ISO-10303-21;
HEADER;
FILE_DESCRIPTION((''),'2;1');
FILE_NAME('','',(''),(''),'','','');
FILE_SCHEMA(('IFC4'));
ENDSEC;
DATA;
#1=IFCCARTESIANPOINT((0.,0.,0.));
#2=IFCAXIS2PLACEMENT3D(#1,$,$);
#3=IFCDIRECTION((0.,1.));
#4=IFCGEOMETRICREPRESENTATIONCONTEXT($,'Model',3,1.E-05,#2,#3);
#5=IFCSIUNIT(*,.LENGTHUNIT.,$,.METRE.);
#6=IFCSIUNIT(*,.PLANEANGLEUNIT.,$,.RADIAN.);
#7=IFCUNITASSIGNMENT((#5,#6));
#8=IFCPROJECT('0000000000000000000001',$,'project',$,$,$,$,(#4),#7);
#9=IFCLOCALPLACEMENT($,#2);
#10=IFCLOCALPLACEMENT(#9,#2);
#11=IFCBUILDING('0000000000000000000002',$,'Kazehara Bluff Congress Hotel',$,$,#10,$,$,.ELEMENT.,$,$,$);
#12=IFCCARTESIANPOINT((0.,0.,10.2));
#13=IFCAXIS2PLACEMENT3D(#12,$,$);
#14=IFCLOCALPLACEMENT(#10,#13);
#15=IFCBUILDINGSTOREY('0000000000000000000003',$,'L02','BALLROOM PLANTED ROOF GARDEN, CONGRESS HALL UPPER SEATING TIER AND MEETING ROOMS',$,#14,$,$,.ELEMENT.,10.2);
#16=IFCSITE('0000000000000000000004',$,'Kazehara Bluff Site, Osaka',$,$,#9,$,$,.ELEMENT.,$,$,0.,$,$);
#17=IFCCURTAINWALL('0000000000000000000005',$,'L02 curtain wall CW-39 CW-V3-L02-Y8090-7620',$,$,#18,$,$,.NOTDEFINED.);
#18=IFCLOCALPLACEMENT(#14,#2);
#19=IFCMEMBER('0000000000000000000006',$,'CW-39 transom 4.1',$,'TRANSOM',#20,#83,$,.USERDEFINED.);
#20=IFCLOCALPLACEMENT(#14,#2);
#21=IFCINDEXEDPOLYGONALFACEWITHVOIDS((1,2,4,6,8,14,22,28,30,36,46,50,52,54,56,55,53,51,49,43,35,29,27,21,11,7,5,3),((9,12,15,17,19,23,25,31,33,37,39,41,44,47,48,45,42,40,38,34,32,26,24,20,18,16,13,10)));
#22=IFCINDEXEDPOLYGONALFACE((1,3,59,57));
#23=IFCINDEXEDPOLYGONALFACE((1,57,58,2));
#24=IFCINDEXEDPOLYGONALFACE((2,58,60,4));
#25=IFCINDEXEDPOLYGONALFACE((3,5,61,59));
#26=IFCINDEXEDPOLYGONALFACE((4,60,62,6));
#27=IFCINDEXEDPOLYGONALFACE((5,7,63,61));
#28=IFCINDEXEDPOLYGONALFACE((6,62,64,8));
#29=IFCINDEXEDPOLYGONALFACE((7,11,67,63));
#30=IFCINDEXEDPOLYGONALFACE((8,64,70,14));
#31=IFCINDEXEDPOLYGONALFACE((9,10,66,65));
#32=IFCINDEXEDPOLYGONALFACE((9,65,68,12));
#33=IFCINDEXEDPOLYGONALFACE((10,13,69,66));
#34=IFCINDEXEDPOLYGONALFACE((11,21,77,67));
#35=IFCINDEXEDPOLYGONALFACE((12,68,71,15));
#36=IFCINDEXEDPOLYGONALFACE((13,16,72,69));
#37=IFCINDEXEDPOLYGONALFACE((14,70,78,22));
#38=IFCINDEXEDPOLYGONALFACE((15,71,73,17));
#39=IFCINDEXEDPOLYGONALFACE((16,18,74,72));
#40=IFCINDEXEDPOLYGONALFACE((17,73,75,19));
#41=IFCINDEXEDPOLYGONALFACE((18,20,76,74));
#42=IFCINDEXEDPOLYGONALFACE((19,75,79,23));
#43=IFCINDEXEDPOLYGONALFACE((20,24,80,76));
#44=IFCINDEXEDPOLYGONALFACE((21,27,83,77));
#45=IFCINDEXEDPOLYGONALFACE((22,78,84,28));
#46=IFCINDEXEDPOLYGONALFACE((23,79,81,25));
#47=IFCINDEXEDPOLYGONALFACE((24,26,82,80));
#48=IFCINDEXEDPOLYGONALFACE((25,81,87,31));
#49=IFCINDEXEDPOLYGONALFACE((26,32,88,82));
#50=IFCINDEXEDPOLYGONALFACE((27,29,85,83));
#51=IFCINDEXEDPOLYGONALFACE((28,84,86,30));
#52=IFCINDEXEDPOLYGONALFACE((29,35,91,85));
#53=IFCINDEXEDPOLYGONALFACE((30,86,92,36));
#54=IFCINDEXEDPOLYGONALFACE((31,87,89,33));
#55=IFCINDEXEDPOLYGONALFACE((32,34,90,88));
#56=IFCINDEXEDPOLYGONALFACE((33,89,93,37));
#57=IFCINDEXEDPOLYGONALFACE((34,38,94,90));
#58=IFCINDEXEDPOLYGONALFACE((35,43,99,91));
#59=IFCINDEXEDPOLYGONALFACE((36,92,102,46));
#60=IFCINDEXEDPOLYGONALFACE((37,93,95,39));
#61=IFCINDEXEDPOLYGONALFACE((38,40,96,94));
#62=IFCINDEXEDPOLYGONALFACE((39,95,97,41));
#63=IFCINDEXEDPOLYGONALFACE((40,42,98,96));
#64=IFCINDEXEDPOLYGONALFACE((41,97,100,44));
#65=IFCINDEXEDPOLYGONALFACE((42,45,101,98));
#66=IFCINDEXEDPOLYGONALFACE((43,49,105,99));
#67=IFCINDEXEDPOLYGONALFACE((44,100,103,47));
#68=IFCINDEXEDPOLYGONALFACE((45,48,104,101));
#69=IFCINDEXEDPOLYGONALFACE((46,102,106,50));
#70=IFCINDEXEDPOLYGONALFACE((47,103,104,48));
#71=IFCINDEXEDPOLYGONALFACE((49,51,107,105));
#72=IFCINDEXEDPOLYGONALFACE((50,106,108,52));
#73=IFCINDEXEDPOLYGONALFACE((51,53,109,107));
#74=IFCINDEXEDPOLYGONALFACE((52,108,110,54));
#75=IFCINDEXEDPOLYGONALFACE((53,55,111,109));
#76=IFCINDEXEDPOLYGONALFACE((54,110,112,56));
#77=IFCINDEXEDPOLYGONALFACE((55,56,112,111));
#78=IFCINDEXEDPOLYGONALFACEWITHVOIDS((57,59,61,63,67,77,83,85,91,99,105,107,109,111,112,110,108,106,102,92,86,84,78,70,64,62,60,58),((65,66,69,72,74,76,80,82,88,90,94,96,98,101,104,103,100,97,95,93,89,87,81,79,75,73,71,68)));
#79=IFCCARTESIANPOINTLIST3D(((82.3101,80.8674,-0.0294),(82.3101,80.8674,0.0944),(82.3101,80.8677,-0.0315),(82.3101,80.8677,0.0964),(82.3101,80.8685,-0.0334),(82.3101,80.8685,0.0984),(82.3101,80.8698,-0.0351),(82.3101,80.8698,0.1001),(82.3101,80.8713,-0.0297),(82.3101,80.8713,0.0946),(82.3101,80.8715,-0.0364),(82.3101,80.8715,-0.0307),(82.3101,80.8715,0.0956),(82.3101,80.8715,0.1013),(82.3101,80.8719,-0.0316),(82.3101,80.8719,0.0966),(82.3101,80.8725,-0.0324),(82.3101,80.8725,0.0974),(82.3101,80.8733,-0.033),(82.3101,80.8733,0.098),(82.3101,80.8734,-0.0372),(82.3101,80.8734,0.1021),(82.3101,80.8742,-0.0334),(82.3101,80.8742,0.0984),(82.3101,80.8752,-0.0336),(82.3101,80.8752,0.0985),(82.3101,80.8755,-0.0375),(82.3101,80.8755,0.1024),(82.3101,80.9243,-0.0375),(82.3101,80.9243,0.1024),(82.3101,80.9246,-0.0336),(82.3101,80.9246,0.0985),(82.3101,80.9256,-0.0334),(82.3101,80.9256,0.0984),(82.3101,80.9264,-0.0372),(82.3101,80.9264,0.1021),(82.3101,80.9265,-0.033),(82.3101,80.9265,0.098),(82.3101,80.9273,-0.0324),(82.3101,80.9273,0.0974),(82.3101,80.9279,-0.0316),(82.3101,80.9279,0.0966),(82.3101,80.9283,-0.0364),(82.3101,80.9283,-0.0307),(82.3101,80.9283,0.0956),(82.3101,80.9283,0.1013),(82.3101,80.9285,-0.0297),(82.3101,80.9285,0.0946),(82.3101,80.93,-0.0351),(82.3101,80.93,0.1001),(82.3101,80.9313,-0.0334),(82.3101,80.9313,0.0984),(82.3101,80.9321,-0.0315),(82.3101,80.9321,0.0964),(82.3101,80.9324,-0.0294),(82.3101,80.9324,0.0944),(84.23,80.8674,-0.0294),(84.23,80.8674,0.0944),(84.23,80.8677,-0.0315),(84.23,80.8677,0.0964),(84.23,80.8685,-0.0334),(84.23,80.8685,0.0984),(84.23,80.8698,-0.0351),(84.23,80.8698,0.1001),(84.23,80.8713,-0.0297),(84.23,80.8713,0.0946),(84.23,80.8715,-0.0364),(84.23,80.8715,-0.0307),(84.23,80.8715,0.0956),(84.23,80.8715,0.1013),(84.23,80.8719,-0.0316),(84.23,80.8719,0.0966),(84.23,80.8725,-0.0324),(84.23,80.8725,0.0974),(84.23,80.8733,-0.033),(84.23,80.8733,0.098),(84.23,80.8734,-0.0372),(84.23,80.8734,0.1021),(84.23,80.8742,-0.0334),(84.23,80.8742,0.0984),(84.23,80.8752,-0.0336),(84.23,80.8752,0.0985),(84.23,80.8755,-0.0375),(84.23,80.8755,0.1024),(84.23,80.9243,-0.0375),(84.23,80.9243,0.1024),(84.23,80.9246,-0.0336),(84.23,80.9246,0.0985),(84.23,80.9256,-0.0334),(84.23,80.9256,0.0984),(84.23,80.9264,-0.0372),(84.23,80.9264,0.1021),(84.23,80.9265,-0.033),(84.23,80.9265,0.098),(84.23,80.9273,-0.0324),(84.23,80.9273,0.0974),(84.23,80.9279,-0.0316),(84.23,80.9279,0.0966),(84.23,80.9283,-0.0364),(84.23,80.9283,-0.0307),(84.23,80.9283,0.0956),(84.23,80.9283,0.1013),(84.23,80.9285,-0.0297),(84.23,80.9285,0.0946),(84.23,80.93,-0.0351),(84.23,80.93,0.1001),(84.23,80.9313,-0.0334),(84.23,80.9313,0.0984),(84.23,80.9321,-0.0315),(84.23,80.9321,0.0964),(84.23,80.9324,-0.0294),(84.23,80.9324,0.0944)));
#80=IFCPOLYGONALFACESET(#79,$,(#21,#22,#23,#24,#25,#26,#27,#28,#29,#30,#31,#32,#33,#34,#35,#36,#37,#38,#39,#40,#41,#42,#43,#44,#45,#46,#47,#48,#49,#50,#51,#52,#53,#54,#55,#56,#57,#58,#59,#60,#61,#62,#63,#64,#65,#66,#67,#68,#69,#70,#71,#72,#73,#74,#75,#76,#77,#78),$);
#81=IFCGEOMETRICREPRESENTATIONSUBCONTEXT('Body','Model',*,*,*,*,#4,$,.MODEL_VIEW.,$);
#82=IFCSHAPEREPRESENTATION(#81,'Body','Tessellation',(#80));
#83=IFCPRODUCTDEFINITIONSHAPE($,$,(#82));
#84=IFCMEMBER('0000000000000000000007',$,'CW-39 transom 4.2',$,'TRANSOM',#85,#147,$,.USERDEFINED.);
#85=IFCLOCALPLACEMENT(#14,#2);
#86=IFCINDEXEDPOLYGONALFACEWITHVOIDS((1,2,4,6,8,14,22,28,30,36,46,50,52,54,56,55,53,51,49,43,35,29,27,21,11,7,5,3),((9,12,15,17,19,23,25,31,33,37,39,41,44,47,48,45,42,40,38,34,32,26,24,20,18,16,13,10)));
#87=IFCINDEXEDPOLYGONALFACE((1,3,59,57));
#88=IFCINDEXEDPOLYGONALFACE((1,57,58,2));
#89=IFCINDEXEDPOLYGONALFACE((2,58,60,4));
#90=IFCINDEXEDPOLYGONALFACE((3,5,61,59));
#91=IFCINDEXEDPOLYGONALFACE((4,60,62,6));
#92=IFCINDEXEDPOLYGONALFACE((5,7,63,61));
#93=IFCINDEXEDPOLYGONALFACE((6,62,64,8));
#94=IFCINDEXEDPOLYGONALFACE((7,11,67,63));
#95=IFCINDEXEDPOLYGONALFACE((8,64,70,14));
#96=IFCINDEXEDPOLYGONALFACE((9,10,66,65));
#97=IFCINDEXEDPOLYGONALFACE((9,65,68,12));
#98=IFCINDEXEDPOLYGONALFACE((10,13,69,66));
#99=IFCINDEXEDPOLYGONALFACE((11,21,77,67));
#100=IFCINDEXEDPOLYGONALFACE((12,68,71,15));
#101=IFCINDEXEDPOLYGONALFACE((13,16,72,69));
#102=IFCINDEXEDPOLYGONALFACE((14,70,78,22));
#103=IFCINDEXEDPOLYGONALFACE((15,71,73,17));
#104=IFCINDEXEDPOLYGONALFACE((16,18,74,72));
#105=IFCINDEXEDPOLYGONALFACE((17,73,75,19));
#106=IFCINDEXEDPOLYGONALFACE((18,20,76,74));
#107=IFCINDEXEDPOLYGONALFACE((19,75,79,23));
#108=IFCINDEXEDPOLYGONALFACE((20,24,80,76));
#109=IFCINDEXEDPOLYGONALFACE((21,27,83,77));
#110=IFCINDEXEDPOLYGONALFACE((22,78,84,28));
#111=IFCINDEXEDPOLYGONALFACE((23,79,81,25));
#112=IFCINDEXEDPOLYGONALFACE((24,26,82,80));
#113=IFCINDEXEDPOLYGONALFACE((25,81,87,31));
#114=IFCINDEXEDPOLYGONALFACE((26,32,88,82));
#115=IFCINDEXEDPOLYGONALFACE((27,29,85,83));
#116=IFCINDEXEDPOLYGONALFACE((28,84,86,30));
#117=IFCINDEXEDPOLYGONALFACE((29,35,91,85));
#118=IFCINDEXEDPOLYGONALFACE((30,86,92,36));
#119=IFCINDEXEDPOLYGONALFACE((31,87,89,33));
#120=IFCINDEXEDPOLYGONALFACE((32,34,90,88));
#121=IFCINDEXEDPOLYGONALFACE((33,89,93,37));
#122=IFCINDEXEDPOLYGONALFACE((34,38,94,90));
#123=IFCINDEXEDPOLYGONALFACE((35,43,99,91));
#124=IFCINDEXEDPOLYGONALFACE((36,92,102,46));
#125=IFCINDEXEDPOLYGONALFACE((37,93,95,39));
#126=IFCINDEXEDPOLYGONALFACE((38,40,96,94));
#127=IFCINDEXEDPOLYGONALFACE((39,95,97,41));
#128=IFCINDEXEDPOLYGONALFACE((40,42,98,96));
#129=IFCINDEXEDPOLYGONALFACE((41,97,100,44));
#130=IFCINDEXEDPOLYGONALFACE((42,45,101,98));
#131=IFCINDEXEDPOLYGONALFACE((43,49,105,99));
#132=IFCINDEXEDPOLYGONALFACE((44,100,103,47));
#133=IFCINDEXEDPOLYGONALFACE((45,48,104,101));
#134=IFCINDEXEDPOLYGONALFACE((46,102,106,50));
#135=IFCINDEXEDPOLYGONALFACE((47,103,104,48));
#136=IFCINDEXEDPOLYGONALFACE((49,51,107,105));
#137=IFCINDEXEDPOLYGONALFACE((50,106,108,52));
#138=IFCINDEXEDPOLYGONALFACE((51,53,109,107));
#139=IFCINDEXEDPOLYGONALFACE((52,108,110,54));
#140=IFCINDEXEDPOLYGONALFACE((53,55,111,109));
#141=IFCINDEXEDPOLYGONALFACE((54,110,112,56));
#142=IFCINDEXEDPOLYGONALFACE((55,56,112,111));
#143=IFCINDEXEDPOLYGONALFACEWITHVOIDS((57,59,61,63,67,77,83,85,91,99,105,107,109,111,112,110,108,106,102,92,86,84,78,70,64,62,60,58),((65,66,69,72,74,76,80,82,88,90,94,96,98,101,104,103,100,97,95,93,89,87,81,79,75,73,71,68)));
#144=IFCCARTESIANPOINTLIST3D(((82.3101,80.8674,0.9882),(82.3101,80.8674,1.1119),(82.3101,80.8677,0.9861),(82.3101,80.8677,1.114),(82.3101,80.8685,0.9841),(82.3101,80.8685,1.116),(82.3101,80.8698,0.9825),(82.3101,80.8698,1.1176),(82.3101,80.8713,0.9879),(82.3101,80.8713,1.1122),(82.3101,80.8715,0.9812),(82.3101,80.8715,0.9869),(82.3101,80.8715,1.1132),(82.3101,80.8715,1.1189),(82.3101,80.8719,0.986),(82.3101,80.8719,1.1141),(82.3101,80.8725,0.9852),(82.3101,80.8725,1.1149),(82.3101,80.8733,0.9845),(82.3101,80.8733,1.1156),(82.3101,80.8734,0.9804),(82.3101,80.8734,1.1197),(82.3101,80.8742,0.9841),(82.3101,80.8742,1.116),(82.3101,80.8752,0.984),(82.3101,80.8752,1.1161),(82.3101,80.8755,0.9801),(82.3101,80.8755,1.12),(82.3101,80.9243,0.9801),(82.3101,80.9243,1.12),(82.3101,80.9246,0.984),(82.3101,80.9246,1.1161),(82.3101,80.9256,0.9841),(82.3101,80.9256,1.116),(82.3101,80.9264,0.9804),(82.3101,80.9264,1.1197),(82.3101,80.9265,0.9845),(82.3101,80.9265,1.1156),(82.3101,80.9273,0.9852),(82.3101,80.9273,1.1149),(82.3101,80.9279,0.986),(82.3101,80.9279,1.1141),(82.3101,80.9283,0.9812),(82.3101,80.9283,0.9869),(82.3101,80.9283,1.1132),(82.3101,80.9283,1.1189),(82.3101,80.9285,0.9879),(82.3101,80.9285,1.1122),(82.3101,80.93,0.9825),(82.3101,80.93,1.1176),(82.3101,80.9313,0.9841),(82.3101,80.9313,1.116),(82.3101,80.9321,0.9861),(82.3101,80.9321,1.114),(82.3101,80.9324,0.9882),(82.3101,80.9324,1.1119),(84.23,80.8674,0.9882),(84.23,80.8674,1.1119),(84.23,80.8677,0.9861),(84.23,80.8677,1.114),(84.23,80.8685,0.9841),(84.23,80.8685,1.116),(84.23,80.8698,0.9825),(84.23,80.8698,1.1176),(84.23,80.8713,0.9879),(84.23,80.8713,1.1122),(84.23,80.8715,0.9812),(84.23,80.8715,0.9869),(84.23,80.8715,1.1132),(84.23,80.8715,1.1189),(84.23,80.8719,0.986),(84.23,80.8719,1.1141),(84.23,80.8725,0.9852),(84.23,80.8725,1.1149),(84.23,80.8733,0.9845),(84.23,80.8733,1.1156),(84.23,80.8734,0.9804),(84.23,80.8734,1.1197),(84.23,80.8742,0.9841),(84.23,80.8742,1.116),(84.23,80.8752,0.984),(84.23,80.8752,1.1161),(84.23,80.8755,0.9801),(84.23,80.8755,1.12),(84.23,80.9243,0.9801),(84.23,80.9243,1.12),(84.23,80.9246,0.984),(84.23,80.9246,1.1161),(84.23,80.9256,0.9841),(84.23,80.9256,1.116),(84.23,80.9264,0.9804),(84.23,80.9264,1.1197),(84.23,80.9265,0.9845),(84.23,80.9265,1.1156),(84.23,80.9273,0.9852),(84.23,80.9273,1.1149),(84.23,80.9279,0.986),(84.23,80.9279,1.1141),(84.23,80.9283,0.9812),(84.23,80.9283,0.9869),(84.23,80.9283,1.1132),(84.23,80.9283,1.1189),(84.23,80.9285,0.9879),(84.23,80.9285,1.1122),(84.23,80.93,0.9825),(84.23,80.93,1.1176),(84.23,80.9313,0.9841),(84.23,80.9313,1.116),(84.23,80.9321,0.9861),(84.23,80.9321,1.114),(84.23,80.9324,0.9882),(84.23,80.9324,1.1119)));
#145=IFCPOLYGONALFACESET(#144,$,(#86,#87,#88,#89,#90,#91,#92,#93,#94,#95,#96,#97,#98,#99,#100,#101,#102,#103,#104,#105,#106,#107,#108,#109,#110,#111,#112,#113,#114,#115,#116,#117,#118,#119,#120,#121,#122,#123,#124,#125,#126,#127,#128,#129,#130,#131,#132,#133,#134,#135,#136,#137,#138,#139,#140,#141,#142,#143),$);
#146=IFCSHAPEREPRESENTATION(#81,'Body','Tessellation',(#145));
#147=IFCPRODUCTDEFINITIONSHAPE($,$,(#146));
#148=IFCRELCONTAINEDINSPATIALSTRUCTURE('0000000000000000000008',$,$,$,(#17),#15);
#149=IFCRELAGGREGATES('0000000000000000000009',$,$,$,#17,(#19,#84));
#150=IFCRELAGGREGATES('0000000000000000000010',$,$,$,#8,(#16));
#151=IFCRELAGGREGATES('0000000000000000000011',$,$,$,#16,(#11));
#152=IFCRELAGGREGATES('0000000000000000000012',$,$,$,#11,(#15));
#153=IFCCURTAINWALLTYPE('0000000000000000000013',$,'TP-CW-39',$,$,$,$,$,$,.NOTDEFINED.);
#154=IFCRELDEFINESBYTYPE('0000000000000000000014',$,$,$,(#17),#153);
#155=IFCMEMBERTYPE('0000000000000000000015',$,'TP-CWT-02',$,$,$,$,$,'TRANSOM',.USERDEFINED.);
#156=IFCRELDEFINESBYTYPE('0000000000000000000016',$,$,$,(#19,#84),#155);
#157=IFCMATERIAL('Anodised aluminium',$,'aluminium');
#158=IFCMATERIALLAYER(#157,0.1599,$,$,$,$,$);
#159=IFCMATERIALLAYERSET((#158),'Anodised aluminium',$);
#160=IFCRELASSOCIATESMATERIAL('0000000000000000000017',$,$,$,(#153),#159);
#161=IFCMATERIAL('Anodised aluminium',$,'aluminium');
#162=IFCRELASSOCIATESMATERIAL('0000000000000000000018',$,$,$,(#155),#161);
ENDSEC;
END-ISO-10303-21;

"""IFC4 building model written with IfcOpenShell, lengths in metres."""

from ifc_helpers import new_model, si_unit, direction, frame, origin, origin_2d, place, context, subcontext, project, spatial, hollow_rectangle, extrude, material, layer, layer_set, material_profile, profile_set, type_object, element, aggregate, save


model = new_model("IFC4")

# Units and contexts
model_context = context("Model", 3, precision=1e-05, world=origin(), true_north=direction((0.0, 1.0)))
body_context = subcontext(model_context, "Body", "Model", "MODEL_VIEW")
ifc_project = project(units=[si_unit("LENGTHUNIT", "METRE"), si_unit("PLANEANGLEUNIT", "RADIAN")], contexts=[model_context])

# Site, building, storey
site_placement = place(None, origin())
site = spatial("IfcSite", under=ifc_project, at=site_placement, Name="Kazehara Bluff Site, Osaka", CompositionType="ELEMENT", RefElevation=0.0)
building_placement = place(site_placement, origin())
building = spatial("IfcBuilding", under=site, at=building_placement, Name="Kazehara Bluff Congress Hotel", CompositionType="ELEMENT")
storey_placement = place(building_placement, frame((0.0, 0.0, 10.2)))
storey = spatial("IfcBuildingStorey", under=building, at=storey_placement, Name="L02", Description="BALLROOM PLANTED ROOF GARDEN, CONGRESS HALL UPPER SEATING TIER AND MEETING ROOMS", CompositionType="ELEMENT", Elevation=10.2)

# Curtain wall
ifc_material_1 = material(Name="Anodised aluminium", Category="aluminium")
ifc_layer_1 = layer(ifc_material_1, 0.1599)
ifc_layer_set_1 = layer_set([ifc_layer_1], Name="Anodised aluminium")
curtain_wall_type = type_object("IfcCurtainWallType", Name="TP-CW-39", PredefinedType="NOTDEFINED", material=ifc_layer_set_1)
curtain_wall_1_placement = place(storey_placement, origin())
curtain_wall_1 = element("IfcCurtainWall", 1, at=curtain_wall_1_placement, inside=storey, type_object=curtain_wall_type, Name="L02 curtain wall CW-39 CW-V3-L02-Y8090-7620", PredefinedType="NOTDEFINED")

# Members
ifc_material_2 = material(Name="Anodised aluminium", Category="aluminium")
ifc_material_profile_1 = material_profile(ifc_material_2, hollow_rectangle(XDim=0.0649, YDim=0.1399, WallThickness=0.0039, InnerFilletRadius=0.0039, OuterFilletRadius=0.0081, at=origin_2d()))
ifc_profile_set_1 = profile_set([ifc_material_profile_1], Name="Anodised aluminium")
member_type_1 = type_object("IfcMemberType", Name="TP-CWT-02", ElementType="TRANSOM", PredefinedType="USERDEFINED", material=ifc_profile_set_1)
member_1_placement = place(storey_placement, frame((82.3101, 80.8999, 0.0325), z_axis=(1.0, 0.0, 0.0), x_axis=(0.0, 1.0, 0.0)))
member_1 = element("IfcMember", 2, at=member_1_placement, type_object=member_type_1, Name="CW-39 transom 4.1", ObjectType="TRANSOM", PredefinedType="USERDEFINED", context=body_context, shape_type="SweptSolid", body=[
    extrude(hollow_rectangle(XDim=0.0649, YDim=0.1399, WallThickness=0.0039, InnerFilletRadius=0.0039, OuterFilletRadius=0.0081, at=origin_2d()), origin(), (0.0, 0.0, 1.0), 1.9199),
])
member_2_placement = place(storey_placement, frame((82.3101, 80.8999, 1.05), z_axis=(1.0, 0.0, 0.0), x_axis=(0.0, 1.0, 0.0)))
member_2 = element("IfcMember", 3, at=member_2_placement, type_object=member_type_1, Name="CW-39 transom 4.2", ObjectType="TRANSOM", PredefinedType="USERDEFINED", context=body_context, shape_type="SweptSolid", body=[
    extrude(hollow_rectangle(XDim=0.0649, YDim=0.1399, WallThickness=0.0039, InnerFilletRadius=0.0039, OuterFilletRadius=0.0081, at=origin_2d()), origin(), (0.0, 0.0, 1.0), 1.9199),
])

aggregate(curtain_wall_1, [member_1, member_2])

save(model, "model.ifc")
